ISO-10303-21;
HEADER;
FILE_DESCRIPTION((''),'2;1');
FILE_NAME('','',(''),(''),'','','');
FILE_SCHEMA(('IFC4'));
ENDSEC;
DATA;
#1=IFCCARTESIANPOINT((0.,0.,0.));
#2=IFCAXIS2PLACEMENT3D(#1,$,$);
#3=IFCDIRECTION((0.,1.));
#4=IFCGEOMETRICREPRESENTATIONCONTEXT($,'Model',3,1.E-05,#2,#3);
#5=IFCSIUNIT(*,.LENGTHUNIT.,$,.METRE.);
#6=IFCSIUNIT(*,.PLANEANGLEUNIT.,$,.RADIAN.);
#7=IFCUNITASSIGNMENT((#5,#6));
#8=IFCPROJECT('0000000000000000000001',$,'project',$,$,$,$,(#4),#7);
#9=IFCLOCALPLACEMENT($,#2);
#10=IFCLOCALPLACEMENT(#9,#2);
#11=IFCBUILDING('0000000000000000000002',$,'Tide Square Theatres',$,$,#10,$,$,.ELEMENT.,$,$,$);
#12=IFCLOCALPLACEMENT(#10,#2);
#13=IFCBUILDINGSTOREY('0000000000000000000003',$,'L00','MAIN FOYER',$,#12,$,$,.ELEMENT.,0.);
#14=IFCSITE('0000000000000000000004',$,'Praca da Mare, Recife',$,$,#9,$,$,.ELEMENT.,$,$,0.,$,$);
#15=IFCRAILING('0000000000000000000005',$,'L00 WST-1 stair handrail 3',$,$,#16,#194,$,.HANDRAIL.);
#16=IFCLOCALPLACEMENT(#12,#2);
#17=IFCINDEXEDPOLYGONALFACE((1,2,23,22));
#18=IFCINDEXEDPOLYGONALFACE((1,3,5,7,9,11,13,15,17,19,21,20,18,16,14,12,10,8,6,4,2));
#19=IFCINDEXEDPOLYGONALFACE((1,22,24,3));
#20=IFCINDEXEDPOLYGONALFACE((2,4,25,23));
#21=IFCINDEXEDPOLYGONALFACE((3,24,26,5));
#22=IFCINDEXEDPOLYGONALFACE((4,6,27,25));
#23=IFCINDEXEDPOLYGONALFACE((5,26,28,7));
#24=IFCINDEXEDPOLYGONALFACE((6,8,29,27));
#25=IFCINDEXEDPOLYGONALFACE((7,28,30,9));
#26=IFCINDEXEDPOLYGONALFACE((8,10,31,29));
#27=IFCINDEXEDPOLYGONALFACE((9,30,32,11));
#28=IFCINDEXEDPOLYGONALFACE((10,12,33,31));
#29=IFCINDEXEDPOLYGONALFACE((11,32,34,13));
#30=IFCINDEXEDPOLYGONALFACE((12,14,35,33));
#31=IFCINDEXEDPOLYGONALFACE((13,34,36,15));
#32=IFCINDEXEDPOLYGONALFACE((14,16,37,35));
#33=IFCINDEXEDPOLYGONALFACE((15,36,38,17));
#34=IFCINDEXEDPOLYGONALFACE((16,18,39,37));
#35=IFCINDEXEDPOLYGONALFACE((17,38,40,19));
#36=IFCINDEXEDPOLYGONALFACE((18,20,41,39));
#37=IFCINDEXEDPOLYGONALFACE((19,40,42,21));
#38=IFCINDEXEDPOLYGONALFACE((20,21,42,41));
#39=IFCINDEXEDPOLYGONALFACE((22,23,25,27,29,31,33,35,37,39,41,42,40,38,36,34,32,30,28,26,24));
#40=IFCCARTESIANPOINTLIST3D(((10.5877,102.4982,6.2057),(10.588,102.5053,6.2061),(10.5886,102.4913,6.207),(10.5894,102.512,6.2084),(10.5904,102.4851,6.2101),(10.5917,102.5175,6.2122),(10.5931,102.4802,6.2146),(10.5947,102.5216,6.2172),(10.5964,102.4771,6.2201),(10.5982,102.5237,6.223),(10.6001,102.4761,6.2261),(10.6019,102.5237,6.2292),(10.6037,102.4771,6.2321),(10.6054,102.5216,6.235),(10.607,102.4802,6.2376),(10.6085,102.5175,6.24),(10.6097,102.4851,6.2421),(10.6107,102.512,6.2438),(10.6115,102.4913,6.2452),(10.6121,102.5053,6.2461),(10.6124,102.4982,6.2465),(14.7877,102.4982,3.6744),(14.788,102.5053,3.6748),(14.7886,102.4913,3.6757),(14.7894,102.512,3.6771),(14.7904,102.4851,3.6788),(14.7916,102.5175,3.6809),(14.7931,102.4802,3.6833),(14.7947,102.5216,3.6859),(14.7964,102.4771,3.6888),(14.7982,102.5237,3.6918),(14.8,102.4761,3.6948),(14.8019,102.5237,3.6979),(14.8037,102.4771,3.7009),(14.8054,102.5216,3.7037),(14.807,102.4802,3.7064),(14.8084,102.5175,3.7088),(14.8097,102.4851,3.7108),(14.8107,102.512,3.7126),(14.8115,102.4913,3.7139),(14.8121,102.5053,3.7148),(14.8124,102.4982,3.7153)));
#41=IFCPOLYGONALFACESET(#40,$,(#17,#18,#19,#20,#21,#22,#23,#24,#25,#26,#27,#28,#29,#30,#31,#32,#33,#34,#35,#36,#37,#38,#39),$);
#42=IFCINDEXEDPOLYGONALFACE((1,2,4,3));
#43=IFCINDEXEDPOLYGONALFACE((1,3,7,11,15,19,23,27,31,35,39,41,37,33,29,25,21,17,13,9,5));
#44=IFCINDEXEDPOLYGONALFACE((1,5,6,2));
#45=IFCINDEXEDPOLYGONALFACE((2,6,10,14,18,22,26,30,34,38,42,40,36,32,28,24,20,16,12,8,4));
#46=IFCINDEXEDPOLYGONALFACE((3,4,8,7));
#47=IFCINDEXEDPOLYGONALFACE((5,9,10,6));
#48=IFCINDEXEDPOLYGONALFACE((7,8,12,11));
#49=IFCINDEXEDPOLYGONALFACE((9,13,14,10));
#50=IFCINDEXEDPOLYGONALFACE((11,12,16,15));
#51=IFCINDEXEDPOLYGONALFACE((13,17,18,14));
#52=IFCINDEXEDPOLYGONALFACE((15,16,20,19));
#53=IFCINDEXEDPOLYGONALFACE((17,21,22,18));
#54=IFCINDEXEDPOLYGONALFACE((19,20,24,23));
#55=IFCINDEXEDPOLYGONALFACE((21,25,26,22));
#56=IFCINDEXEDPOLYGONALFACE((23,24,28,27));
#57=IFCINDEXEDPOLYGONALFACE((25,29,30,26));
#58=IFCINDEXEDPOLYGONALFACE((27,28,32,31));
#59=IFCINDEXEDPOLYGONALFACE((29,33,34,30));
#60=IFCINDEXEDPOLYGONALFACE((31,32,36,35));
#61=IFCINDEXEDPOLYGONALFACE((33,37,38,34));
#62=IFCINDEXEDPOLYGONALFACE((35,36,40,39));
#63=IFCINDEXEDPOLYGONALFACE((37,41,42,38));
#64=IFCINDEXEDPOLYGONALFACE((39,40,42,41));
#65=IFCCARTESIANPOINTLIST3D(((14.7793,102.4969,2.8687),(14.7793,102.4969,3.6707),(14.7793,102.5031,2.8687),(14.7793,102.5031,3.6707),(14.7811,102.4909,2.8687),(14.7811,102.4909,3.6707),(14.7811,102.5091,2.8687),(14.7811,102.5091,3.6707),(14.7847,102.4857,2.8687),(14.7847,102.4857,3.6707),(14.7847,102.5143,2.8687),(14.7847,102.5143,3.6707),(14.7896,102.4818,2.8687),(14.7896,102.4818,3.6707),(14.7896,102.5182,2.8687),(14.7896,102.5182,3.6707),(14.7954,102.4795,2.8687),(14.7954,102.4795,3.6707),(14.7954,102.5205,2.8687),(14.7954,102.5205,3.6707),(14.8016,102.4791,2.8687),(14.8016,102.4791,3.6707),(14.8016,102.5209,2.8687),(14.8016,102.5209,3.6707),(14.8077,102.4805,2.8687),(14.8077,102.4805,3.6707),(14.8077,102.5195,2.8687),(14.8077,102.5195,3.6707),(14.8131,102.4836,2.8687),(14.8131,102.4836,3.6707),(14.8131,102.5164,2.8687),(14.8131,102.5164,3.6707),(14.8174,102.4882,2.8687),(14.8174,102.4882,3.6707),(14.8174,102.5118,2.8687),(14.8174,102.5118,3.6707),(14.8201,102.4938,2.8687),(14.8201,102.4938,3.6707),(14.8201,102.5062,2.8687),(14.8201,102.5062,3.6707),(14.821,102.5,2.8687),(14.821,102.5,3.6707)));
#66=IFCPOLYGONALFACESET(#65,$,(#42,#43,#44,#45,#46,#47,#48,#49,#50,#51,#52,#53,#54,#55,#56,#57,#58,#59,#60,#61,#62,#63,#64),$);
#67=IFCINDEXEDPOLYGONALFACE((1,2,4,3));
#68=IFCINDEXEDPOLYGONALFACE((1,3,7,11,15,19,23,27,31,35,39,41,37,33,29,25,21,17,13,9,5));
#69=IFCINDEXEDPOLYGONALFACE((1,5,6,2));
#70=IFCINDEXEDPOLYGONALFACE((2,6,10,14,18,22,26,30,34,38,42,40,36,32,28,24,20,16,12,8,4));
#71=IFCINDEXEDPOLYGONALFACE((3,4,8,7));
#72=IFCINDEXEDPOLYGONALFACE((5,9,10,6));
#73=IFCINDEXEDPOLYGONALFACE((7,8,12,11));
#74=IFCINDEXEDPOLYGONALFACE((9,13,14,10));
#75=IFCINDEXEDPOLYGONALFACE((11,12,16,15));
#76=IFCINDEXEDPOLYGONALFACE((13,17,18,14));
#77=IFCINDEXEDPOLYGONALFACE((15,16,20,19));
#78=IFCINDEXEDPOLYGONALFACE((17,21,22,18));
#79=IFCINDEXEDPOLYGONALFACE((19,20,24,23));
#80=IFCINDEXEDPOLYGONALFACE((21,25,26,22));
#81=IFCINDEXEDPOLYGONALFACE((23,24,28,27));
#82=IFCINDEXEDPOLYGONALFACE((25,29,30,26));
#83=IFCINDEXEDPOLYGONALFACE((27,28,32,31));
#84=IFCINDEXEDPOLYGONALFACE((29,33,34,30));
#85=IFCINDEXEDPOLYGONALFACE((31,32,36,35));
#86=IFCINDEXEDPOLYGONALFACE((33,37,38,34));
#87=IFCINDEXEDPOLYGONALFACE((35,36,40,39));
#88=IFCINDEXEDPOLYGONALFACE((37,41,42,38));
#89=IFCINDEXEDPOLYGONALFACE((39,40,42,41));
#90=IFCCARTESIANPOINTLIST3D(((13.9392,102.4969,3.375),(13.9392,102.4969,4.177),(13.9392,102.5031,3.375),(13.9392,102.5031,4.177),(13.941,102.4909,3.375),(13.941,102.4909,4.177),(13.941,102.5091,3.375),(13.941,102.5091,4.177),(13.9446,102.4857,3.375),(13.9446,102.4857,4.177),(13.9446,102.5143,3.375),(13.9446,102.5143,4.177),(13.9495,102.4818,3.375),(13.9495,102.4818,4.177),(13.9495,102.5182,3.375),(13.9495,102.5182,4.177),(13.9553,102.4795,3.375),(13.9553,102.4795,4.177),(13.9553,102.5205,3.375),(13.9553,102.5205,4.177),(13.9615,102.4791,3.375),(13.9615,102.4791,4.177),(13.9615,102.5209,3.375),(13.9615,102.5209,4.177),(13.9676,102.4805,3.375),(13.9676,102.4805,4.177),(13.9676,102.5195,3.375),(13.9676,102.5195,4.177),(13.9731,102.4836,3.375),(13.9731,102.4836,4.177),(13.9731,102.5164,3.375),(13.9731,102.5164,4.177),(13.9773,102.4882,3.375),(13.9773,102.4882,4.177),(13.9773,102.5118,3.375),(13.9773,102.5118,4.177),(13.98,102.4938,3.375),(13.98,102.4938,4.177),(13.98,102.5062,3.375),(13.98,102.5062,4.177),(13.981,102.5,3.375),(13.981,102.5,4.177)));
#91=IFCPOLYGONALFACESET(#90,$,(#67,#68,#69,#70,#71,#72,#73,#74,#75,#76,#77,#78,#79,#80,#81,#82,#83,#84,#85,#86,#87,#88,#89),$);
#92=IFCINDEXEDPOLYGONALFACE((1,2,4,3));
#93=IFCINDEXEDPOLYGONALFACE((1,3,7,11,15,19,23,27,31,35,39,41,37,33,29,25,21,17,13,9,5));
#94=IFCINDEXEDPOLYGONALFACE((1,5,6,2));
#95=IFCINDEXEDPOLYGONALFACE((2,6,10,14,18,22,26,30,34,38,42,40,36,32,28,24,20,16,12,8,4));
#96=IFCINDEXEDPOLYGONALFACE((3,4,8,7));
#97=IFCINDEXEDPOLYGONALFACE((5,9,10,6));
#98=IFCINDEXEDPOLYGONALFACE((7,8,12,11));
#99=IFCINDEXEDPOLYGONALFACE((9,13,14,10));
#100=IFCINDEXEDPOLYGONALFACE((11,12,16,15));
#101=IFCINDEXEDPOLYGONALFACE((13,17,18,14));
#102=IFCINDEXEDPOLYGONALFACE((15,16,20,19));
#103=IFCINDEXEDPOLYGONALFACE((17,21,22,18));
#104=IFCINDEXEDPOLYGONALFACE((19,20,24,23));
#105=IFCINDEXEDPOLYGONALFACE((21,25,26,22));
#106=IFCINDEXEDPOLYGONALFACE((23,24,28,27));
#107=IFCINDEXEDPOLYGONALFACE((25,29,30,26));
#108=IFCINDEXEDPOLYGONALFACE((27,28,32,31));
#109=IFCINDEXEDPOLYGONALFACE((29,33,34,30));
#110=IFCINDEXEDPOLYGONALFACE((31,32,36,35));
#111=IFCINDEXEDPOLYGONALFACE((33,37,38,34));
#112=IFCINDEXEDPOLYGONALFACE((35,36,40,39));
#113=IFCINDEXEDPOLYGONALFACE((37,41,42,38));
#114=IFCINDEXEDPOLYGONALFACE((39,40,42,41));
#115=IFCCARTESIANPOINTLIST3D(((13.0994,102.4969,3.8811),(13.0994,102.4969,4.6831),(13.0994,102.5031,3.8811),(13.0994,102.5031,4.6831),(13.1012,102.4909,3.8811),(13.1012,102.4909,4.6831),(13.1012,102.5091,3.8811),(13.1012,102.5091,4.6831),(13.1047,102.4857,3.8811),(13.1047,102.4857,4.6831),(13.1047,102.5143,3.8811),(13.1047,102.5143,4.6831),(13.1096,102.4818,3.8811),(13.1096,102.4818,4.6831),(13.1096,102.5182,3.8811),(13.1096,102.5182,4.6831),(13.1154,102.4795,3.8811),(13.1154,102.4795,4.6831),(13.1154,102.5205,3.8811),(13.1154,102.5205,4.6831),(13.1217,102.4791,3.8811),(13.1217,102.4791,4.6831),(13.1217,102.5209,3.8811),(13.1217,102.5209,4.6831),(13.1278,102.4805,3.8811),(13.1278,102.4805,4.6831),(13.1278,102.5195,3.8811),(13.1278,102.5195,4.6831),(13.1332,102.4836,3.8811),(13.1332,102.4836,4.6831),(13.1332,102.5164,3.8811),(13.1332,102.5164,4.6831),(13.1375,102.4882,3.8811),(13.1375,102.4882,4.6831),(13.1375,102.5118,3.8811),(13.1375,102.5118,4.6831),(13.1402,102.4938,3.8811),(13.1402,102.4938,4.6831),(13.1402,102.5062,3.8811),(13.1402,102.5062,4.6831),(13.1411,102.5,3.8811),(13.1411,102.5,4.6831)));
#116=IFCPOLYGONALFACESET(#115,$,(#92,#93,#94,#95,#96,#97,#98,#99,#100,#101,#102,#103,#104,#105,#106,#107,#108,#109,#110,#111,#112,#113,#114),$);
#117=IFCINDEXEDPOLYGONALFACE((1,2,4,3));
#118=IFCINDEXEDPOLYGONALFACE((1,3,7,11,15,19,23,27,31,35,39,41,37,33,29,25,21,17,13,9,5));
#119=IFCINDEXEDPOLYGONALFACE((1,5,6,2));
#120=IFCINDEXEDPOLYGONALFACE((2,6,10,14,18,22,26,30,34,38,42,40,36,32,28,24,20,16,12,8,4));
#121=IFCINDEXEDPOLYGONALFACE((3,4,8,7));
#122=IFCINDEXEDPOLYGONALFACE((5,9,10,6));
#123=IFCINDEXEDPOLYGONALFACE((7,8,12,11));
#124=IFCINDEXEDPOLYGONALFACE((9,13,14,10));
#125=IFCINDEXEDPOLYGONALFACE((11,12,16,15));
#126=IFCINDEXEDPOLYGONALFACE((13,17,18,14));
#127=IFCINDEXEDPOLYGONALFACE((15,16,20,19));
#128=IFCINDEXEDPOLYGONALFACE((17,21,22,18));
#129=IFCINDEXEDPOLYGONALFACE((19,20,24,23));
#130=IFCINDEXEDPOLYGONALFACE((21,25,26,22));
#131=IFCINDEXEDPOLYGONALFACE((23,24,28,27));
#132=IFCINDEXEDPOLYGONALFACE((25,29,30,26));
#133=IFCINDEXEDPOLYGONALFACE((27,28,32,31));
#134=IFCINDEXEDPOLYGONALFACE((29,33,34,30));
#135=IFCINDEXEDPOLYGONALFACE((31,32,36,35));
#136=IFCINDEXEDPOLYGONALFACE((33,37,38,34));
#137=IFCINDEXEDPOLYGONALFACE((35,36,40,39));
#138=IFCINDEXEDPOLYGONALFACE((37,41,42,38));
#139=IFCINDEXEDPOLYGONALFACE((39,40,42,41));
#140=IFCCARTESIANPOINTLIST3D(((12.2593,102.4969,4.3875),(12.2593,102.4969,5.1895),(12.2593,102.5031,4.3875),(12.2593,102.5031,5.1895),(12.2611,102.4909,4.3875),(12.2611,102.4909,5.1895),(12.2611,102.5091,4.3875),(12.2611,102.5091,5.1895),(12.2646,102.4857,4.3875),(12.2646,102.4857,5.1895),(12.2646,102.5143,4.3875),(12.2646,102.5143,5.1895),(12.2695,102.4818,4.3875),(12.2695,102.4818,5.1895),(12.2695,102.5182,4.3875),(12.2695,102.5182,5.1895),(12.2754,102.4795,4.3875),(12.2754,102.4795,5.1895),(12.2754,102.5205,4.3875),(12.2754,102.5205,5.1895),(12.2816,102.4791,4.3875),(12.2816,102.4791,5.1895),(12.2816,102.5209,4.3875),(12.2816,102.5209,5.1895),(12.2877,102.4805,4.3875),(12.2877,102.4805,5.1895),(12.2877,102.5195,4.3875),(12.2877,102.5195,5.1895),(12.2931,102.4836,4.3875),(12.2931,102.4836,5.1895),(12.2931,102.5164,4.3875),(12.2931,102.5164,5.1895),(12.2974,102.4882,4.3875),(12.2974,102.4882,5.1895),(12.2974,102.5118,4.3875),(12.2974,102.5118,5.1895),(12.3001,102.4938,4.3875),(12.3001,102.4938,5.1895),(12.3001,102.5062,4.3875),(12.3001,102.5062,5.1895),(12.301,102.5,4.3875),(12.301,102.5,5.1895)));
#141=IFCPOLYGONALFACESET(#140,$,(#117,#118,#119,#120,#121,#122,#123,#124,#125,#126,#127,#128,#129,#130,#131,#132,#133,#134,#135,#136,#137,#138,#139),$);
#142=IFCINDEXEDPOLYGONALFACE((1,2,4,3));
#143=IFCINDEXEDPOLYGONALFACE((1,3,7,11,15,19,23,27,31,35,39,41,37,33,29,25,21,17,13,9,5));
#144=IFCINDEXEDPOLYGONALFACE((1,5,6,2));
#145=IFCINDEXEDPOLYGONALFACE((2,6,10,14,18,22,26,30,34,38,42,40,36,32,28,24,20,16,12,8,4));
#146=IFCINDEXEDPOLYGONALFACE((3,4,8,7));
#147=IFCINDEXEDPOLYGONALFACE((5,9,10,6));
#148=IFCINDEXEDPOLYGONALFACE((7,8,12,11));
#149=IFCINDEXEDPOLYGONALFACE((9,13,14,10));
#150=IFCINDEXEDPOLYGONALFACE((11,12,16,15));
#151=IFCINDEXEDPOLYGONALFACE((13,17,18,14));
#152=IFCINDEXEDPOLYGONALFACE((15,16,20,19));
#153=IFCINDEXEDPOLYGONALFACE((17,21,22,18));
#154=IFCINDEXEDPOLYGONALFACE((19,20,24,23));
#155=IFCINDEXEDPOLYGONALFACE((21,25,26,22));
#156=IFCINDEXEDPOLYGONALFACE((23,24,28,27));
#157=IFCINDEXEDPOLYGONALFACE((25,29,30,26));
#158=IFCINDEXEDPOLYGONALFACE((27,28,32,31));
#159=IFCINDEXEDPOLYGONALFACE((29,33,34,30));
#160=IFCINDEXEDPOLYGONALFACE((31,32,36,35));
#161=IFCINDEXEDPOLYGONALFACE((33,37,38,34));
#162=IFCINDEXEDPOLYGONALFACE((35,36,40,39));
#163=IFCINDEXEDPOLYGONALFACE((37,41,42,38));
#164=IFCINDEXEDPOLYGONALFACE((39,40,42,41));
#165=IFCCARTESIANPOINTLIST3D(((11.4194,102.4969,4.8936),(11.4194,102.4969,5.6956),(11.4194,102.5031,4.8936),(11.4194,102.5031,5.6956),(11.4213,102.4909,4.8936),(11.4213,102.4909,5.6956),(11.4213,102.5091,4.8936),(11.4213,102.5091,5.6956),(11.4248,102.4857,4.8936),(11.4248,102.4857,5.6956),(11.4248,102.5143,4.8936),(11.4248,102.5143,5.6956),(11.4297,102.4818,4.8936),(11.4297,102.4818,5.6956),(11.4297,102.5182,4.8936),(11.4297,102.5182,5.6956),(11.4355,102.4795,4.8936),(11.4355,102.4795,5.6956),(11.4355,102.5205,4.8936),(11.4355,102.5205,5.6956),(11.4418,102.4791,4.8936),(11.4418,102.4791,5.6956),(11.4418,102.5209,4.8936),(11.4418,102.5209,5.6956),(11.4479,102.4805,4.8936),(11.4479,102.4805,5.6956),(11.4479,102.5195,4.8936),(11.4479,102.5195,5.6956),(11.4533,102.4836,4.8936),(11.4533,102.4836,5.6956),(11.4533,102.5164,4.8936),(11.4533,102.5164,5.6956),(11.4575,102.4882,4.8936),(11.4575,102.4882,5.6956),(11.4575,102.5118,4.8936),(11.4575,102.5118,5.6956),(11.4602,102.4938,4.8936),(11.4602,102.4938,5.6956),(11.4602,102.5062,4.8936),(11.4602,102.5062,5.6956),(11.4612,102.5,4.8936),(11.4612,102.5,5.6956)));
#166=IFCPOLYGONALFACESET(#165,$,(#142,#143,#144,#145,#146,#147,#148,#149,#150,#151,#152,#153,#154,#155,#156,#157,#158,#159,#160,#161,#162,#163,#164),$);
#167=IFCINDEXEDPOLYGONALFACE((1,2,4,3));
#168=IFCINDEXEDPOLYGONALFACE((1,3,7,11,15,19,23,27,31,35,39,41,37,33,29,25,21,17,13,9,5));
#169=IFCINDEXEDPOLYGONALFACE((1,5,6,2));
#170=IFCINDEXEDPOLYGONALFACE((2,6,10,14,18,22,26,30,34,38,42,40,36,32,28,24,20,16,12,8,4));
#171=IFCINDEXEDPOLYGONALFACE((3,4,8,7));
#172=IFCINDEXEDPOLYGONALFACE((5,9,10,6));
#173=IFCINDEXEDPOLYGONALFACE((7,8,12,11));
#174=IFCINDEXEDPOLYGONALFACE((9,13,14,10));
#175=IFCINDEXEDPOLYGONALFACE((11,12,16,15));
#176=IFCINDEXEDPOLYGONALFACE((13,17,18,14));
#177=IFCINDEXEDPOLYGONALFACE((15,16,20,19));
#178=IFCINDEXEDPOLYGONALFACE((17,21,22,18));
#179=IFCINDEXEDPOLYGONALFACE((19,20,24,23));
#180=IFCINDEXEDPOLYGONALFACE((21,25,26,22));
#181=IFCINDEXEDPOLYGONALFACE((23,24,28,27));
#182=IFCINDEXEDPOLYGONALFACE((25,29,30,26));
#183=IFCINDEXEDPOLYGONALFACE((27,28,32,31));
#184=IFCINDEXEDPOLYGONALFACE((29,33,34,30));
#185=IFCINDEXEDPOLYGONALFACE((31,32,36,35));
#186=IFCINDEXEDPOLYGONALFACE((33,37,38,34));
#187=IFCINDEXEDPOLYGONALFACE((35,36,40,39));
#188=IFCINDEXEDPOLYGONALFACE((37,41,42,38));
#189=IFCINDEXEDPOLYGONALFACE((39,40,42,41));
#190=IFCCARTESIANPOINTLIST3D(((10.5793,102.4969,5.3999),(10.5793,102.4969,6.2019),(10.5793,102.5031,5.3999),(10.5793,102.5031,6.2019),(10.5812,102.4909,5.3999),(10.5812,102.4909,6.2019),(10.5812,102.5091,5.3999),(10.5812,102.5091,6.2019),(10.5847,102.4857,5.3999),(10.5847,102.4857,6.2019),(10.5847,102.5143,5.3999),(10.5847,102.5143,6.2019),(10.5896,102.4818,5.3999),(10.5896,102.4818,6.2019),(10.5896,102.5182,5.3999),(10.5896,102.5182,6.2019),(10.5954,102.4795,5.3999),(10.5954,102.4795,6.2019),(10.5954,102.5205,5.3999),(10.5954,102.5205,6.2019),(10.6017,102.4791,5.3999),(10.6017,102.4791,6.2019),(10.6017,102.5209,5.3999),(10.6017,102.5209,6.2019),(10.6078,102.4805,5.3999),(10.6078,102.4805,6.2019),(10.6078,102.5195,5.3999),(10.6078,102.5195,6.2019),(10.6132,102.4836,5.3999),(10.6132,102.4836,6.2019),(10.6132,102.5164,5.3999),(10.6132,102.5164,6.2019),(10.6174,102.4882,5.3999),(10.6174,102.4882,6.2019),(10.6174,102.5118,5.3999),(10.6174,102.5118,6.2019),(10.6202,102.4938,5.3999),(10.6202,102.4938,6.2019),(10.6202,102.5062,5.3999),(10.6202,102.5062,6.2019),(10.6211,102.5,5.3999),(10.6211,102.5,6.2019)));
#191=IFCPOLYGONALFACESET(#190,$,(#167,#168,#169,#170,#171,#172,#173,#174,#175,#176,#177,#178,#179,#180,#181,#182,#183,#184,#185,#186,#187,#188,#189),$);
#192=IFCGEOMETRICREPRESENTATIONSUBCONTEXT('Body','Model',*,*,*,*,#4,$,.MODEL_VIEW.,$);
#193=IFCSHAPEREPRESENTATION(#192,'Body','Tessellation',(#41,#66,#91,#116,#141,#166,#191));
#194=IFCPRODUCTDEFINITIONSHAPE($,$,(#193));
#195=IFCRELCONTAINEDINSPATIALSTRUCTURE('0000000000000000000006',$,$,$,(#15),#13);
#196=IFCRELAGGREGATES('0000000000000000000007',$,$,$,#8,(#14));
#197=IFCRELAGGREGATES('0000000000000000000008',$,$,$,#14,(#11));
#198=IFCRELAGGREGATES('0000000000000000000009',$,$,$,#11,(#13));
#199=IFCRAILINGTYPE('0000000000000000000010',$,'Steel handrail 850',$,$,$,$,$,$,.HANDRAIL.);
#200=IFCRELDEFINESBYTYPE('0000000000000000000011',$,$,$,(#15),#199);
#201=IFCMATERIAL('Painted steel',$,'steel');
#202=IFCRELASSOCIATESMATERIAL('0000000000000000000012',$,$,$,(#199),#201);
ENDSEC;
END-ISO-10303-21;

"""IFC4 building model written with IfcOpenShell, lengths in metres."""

from ifc_helpers import new_model, si_unit, direction, frame, origin, origin_2d, place, context, subcontext, project, spatial, circle, extrude, material, type_object, element, save


model = new_model("IFC4")

# Units and contexts
model_context = context("Model", 3, precision=1e-05, world=origin(), true_north=direction((0.0, 1.0)))
body_context = subcontext(model_context, "Body", "Model", "MODEL_VIEW")
ifc_project = project(units=[si_unit("LENGTHUNIT", "METRE"), si_unit("PLANEANGLEUNIT", "RADIAN")], contexts=[model_context])

# Site, building, storey
site_placement = place(None, origin())
site = spatial("IfcSite", under=ifc_project, at=site_placement, Name="Praca da Mare, Recife", CompositionType="ELEMENT", RefElevation=0.0)
building_placement = place(site_placement, origin())
building = spatial("IfcBuilding", under=site, at=building_placement, Name="Tide Square Theatres", CompositionType="ELEMENT")
storey_placement = place(building_placement, origin())
storey = spatial("IfcBuildingStorey", under=building, at=storey_placement, Name="L00", Description="MAIN FOYER", CompositionType="ELEMENT", Elevation=0.0)

# Railing
ifc_material_1 = material(Name="Painted steel", Category="steel")
railing_type_1 = type_object("IfcRailingType", Name="Steel handrail 850", PredefinedType="HANDRAIL", material=ifc_material_1)
railing_1_placement = place(storey_placement, frame((14.8, 102.5, 2.8687)))
element("IfcRailing", 1, at=railing_1_placement, inside=storey, type_object=railing_type_1, Name="L00 WST-1 stair handrail 3", PredefinedType="HANDRAIL", context=body_context, shape_type="SweptSolid", body=[
    extrude(circle(Radius=0.0239, at=origin_2d()), frame((0.0, 0.0, 0.8262), z_axis=(-0.856476, 0.0, 0.516186), x_axis=(0.0, -1.0, 0.0)), (0.0, 0.0, 1.0), 4.9038),
    extrude(circle(Radius=0.021, at=origin_2d()), origin(), (0.0, 0.0, 1.0), 0.802),
    extrude(circle(Radius=0.021, at=origin_2d()), frame((-0.8401, 0.0, 0.5063)), (0.0, 0.0, 1.0), 0.802),
    extrude(circle(Radius=0.021, at=origin_2d()), frame((-1.6799, 0.0, 1.0125)), (0.0, 0.0, 1.0), 0.802),
    extrude(circle(Radius=0.021, at=origin_2d()), frame((-2.52, 0.0, 1.5188)), (0.0, 0.0, 1.0), 0.802),
    extrude(circle(Radius=0.021, at=origin_2d()), frame((-3.3599, 0.0, 2.0249)), (0.0, 0.0, 1.0), 0.802),
    extrude(circle(Radius=0.021, at=origin_2d()), frame((-4.2, 0.0, 2.5312)), (0.0, 0.0, 1.0), 0.802),
])

save(model, "model.ifc")
